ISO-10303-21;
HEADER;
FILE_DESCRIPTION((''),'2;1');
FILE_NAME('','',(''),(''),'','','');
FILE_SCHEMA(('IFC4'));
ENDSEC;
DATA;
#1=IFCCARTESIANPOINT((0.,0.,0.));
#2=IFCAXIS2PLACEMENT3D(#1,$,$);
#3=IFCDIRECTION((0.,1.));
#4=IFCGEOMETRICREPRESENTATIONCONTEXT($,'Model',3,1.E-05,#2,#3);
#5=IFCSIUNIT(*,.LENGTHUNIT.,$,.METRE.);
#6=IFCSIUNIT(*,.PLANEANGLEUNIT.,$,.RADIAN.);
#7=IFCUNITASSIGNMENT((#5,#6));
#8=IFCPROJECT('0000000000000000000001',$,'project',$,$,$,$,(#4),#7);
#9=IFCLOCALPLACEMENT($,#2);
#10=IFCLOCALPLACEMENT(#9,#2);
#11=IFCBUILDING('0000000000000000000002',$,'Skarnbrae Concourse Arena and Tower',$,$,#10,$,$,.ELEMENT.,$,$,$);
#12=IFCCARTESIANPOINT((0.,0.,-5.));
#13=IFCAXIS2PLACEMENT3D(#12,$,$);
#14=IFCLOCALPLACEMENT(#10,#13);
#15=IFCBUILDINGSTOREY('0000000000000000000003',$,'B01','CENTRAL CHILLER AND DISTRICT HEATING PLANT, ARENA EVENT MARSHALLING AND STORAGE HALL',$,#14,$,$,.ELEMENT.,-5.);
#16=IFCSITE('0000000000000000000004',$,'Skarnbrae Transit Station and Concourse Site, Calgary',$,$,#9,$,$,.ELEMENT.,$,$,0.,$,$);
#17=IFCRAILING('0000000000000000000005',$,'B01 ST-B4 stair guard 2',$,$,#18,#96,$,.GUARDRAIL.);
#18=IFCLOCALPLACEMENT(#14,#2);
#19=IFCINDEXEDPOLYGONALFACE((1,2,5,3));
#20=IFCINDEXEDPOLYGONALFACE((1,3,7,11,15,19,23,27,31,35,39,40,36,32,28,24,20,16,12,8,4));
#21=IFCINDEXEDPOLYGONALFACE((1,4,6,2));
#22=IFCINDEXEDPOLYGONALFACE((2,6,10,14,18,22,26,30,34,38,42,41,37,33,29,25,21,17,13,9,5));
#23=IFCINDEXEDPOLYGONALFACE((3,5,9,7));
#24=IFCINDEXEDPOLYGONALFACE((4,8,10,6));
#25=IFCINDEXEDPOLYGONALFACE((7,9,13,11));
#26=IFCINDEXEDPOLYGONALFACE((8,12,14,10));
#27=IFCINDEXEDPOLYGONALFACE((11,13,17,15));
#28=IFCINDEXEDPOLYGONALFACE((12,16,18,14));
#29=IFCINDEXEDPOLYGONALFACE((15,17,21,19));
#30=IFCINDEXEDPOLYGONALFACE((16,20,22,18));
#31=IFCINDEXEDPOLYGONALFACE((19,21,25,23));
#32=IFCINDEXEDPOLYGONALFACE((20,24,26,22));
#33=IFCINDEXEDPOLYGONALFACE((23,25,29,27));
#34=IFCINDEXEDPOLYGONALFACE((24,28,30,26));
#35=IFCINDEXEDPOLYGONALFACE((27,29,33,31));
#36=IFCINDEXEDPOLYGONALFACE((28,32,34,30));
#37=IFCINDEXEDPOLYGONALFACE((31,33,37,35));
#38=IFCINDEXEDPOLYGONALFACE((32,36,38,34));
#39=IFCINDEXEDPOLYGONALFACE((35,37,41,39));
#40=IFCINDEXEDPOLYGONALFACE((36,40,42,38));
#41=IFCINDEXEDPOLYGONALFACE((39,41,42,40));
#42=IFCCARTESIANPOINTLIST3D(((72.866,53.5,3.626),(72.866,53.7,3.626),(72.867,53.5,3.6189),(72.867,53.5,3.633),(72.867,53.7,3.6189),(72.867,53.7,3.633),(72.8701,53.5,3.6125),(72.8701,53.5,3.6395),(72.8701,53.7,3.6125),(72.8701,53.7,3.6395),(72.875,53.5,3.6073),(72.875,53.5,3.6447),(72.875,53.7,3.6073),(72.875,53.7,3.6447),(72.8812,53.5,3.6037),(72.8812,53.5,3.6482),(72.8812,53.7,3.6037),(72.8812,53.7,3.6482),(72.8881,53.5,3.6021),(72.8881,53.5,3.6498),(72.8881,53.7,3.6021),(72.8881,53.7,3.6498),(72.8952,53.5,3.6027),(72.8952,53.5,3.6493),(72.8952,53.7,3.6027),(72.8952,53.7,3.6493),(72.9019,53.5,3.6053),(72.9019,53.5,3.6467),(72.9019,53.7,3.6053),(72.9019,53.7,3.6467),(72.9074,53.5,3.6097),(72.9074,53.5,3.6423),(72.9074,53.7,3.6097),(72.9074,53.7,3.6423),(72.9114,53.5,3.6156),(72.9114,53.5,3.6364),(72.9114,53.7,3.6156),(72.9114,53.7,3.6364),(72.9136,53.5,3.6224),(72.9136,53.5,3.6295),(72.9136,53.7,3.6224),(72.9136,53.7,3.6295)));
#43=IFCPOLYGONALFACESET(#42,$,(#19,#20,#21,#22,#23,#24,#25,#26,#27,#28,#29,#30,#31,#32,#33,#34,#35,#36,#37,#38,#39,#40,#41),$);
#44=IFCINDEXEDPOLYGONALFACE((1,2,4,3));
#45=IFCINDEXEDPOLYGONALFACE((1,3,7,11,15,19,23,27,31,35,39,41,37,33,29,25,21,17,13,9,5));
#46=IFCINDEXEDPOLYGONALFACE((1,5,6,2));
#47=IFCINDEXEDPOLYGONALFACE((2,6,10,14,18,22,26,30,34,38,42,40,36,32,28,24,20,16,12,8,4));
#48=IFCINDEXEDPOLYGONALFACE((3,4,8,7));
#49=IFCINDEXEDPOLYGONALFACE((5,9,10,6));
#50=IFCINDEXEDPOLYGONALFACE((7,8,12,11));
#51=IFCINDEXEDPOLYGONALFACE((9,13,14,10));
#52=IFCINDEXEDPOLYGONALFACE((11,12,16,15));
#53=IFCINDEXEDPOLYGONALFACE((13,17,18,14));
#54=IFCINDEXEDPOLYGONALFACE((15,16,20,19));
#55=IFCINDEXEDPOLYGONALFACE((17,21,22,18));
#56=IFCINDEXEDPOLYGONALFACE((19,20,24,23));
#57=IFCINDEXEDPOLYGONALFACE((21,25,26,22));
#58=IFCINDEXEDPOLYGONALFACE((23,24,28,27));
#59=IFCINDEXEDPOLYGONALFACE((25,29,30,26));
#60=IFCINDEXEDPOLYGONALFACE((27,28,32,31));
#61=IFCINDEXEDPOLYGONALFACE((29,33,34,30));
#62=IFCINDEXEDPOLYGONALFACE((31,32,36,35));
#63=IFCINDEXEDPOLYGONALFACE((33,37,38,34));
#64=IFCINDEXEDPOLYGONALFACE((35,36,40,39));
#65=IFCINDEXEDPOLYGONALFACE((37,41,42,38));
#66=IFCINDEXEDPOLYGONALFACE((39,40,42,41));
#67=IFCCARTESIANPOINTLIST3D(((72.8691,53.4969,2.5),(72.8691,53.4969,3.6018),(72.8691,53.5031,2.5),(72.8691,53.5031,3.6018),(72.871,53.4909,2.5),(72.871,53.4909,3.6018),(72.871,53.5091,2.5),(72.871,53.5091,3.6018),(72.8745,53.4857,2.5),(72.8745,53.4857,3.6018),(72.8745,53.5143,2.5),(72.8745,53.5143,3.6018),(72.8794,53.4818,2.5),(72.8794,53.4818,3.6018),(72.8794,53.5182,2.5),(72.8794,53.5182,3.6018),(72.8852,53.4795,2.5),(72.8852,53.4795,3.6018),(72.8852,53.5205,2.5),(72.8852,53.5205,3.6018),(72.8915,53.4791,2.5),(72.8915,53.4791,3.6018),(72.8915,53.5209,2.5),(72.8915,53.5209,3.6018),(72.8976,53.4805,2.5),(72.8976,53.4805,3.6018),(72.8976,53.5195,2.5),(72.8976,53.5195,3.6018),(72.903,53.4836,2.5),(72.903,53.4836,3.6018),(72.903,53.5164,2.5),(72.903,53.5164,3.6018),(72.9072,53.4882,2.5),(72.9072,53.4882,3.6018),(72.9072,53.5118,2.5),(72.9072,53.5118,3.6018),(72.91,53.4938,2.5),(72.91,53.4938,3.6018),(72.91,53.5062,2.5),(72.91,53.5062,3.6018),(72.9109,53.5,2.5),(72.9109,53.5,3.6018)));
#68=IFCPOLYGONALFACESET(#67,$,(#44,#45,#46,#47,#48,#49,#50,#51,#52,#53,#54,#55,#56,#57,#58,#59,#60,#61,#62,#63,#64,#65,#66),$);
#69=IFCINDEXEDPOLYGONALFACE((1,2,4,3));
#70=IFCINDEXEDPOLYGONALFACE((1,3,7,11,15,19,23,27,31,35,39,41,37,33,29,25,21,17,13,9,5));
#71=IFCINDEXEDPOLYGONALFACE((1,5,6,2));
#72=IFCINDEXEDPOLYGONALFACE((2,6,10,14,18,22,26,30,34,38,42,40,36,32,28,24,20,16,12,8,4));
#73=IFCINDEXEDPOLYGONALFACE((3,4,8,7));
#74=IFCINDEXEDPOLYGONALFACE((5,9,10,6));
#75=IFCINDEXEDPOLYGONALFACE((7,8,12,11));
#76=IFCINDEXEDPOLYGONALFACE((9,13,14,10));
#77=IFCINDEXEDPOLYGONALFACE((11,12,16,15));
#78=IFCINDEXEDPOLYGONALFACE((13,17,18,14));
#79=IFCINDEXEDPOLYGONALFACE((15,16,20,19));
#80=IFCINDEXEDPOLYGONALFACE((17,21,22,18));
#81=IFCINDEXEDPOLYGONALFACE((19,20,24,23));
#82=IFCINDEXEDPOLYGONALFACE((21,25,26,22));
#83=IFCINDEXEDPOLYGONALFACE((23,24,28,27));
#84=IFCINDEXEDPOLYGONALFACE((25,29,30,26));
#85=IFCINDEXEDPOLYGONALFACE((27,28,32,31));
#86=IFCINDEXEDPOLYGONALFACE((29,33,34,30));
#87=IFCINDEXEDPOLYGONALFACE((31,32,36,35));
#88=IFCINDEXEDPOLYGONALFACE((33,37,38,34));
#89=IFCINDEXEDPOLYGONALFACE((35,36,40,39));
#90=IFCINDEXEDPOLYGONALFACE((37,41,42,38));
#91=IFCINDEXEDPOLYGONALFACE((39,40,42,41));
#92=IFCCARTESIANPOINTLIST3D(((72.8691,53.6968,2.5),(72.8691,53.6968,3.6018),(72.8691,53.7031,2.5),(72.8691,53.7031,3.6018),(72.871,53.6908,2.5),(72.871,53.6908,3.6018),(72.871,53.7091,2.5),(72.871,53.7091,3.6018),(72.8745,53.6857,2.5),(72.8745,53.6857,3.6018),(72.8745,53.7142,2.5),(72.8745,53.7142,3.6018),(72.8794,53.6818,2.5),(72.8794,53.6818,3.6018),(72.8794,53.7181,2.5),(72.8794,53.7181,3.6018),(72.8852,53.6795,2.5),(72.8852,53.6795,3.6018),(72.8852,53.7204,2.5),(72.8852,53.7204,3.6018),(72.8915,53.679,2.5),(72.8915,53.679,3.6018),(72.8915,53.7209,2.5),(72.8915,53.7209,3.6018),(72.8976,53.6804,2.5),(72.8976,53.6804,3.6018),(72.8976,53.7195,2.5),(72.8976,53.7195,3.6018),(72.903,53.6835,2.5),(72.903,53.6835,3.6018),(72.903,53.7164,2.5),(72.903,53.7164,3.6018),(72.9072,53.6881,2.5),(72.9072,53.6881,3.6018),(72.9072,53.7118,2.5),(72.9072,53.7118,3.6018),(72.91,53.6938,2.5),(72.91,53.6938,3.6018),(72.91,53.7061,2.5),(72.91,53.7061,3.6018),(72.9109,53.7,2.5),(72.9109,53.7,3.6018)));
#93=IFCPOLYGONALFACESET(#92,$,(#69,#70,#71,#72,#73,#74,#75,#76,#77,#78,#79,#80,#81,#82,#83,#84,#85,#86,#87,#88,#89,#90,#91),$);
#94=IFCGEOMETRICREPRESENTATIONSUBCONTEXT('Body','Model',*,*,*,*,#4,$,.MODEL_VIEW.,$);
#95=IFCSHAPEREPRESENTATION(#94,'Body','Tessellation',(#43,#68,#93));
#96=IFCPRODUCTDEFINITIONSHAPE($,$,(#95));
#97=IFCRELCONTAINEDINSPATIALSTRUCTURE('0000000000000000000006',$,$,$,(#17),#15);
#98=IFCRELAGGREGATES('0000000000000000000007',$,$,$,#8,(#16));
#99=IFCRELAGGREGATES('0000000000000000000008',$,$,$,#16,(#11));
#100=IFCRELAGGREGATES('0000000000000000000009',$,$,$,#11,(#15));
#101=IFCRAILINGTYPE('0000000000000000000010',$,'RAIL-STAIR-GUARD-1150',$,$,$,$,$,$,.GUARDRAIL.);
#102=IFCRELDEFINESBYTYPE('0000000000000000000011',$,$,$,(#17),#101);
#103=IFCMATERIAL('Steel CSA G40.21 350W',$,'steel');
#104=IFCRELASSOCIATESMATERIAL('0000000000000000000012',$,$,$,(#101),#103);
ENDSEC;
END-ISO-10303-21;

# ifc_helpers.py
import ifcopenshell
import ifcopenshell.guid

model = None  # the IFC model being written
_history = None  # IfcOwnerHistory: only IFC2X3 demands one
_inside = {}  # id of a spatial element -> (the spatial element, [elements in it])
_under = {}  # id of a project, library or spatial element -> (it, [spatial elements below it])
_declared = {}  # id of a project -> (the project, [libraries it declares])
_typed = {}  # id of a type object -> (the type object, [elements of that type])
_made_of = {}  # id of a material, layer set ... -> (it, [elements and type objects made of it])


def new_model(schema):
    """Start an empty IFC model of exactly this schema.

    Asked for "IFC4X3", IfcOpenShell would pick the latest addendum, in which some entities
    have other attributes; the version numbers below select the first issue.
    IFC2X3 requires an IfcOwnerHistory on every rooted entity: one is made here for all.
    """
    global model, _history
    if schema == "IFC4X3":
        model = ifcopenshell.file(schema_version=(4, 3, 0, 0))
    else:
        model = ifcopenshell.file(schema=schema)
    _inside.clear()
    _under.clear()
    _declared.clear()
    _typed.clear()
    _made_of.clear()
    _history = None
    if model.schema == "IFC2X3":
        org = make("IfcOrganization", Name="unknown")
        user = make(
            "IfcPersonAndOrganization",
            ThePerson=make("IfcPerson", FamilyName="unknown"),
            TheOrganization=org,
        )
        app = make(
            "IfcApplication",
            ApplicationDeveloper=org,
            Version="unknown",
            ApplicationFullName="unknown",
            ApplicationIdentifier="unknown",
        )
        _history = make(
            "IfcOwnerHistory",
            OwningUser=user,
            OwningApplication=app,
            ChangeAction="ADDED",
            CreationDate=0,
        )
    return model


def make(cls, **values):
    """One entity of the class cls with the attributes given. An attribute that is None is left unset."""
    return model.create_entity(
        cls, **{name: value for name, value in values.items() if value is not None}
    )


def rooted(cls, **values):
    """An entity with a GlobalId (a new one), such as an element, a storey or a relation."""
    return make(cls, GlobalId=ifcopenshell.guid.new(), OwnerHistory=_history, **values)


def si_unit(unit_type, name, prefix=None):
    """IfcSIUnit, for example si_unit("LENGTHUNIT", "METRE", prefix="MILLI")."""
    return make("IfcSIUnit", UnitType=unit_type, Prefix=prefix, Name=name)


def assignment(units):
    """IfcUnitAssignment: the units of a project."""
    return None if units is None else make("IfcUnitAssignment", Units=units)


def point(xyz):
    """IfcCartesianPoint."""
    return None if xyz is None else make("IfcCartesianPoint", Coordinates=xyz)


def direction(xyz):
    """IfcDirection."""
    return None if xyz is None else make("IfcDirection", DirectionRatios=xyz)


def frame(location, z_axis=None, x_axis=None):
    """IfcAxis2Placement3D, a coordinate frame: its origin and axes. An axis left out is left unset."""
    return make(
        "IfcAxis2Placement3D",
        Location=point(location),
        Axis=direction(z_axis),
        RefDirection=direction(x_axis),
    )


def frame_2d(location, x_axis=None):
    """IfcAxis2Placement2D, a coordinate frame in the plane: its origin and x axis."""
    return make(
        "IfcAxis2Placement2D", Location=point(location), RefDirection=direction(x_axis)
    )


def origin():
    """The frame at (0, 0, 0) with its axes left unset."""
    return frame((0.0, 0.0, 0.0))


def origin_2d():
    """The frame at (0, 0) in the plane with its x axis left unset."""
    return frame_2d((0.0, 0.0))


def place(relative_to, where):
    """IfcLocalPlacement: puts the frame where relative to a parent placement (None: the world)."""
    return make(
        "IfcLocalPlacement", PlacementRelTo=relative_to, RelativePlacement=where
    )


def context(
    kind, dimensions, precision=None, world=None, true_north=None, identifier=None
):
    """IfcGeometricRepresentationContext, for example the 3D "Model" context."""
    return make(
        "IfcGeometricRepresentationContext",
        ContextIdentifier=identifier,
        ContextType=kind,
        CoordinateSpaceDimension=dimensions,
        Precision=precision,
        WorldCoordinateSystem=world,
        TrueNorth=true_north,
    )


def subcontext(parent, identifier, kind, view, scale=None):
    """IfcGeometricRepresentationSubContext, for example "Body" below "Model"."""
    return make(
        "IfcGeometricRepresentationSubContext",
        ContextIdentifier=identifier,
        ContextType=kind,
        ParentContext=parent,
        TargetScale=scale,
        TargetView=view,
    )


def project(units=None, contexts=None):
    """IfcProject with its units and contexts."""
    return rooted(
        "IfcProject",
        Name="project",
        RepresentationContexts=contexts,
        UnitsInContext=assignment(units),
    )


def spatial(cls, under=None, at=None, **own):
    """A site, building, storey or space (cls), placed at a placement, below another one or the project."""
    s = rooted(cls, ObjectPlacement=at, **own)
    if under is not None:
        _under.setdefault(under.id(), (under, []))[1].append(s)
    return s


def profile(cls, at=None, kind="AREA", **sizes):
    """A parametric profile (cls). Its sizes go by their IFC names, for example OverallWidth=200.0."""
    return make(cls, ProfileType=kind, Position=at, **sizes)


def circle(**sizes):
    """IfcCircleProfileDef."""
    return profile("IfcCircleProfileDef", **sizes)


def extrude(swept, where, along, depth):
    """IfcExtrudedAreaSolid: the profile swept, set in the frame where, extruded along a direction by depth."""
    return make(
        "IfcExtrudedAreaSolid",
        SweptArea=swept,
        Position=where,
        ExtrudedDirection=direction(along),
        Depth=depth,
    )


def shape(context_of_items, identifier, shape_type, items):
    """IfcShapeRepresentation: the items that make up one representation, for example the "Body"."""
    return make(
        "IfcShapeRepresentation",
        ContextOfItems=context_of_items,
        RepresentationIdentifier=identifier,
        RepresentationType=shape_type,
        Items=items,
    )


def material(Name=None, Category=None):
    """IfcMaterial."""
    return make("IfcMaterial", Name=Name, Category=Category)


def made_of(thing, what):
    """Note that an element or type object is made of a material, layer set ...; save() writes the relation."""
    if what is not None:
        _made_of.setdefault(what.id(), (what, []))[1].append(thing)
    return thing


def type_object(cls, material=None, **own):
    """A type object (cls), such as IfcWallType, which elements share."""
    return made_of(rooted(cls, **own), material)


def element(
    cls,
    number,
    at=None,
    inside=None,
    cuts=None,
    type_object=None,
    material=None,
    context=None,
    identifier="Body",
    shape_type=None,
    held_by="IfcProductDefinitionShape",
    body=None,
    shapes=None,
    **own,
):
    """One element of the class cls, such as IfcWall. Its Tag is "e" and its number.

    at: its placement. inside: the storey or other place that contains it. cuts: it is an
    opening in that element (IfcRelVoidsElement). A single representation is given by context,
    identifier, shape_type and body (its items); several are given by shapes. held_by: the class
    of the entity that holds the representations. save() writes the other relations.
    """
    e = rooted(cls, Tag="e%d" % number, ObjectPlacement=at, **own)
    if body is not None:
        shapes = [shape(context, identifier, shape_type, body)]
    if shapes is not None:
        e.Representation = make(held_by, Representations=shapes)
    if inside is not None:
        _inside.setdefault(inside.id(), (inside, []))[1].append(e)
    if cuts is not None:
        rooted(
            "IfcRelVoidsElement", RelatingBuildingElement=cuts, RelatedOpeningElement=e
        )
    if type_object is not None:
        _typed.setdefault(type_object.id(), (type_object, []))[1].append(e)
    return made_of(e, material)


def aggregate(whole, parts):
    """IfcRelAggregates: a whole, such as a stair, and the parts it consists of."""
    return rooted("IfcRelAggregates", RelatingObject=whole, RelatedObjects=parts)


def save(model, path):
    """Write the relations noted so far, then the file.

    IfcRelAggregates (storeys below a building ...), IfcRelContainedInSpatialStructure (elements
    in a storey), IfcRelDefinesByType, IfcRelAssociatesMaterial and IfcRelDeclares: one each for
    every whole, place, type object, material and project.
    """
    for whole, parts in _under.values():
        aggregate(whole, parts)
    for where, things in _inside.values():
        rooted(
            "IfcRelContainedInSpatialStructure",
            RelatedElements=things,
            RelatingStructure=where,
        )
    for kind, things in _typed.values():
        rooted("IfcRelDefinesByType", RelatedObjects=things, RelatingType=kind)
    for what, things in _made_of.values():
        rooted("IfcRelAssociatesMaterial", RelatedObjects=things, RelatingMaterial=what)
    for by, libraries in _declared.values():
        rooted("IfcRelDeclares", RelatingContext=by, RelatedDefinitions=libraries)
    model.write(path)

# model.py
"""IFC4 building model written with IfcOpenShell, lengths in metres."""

from ifc_helpers import new_model, si_unit, direction, frame, origin, origin_2d, place, context, subcontext, project, spatial, circle, extrude, material, type_object, element, save


model = new_model("IFC4")

# Units and contexts
model_context = context("Model", 3, precision=1e-05, world=origin(), true_north=direction((0.0, 1.0)))
body_context = subcontext(model_context, "Body", "Model", "MODEL_VIEW")
ifc_project = project(units=[si_unit("LENGTHUNIT", "METRE"), si_unit("PLANEANGLEUNIT", "RADIAN")], contexts=[model_context])

# Site, building, storey
site_placement = place(None, origin())
site = spatial("IfcSite", under=ifc_project, at=site_placement, Name="Skarnbrae Transit Station and Concourse Site, Calgary", CompositionType="ELEMENT", RefElevation=0.0)
building_placement = place(site_placement, origin())
building = spatial("IfcBuilding", under=site, at=building_placement, Name="Skarnbrae Concourse Arena and Tower", CompositionType="ELEMENT")
storey_placement = place(building_placement, frame((0.0, 0.0, -5.0)))
storey = spatial("IfcBuildingStorey", under=building, at=storey_placement, Name="B01", Description="CENTRAL CHILLER AND DISTRICT HEATING PLANT, ARENA EVENT MARSHALLING AND STORAGE HALL", CompositionType="ELEMENT", Elevation=-5.0)

# Shared definitions
ifc_material_1 = material(Name="Steel CSA G40.21 350W", Category="steel")

# Railing
railing_type_1 = type_object("IfcRailingType", Name="RAIL-STAIR-GUARD-1150", PredefinedType="GUARDRAIL", material=ifc_material_1)
railing_1_placement = place(storey_placement, frame((72.8899, 53.5, 2.5)))
element("IfcRailing", 1, at=railing_1_placement, inside=storey, type_object=railing_type_1, Name="B01 ST-B4 stair guard 2", PredefinedType="GUARDRAIL", context=body_context, shape_type="SweptSolid", body=[
    extrude(circle(Radius=0.0239, at=origin_2d()), frame((0.0, 0.0, 1.126), z_axis=(0.0, 1.0, 0.0), x_axis=(-1.0, 0.0, 0.0)), (0.0, 0.0, 1.0), 0.2),
    extrude(circle(Radius=0.021, at=origin_2d()), origin(), (0.0, 0.0, 1.0), 1.1018),
    extrude(circle(Radius=0.021, at=origin_2d()), frame((0.0, 0.2, 0.0)), (0.0, 0.0, 1.0), 1.1018),
])

save(model, "model.ifc")
